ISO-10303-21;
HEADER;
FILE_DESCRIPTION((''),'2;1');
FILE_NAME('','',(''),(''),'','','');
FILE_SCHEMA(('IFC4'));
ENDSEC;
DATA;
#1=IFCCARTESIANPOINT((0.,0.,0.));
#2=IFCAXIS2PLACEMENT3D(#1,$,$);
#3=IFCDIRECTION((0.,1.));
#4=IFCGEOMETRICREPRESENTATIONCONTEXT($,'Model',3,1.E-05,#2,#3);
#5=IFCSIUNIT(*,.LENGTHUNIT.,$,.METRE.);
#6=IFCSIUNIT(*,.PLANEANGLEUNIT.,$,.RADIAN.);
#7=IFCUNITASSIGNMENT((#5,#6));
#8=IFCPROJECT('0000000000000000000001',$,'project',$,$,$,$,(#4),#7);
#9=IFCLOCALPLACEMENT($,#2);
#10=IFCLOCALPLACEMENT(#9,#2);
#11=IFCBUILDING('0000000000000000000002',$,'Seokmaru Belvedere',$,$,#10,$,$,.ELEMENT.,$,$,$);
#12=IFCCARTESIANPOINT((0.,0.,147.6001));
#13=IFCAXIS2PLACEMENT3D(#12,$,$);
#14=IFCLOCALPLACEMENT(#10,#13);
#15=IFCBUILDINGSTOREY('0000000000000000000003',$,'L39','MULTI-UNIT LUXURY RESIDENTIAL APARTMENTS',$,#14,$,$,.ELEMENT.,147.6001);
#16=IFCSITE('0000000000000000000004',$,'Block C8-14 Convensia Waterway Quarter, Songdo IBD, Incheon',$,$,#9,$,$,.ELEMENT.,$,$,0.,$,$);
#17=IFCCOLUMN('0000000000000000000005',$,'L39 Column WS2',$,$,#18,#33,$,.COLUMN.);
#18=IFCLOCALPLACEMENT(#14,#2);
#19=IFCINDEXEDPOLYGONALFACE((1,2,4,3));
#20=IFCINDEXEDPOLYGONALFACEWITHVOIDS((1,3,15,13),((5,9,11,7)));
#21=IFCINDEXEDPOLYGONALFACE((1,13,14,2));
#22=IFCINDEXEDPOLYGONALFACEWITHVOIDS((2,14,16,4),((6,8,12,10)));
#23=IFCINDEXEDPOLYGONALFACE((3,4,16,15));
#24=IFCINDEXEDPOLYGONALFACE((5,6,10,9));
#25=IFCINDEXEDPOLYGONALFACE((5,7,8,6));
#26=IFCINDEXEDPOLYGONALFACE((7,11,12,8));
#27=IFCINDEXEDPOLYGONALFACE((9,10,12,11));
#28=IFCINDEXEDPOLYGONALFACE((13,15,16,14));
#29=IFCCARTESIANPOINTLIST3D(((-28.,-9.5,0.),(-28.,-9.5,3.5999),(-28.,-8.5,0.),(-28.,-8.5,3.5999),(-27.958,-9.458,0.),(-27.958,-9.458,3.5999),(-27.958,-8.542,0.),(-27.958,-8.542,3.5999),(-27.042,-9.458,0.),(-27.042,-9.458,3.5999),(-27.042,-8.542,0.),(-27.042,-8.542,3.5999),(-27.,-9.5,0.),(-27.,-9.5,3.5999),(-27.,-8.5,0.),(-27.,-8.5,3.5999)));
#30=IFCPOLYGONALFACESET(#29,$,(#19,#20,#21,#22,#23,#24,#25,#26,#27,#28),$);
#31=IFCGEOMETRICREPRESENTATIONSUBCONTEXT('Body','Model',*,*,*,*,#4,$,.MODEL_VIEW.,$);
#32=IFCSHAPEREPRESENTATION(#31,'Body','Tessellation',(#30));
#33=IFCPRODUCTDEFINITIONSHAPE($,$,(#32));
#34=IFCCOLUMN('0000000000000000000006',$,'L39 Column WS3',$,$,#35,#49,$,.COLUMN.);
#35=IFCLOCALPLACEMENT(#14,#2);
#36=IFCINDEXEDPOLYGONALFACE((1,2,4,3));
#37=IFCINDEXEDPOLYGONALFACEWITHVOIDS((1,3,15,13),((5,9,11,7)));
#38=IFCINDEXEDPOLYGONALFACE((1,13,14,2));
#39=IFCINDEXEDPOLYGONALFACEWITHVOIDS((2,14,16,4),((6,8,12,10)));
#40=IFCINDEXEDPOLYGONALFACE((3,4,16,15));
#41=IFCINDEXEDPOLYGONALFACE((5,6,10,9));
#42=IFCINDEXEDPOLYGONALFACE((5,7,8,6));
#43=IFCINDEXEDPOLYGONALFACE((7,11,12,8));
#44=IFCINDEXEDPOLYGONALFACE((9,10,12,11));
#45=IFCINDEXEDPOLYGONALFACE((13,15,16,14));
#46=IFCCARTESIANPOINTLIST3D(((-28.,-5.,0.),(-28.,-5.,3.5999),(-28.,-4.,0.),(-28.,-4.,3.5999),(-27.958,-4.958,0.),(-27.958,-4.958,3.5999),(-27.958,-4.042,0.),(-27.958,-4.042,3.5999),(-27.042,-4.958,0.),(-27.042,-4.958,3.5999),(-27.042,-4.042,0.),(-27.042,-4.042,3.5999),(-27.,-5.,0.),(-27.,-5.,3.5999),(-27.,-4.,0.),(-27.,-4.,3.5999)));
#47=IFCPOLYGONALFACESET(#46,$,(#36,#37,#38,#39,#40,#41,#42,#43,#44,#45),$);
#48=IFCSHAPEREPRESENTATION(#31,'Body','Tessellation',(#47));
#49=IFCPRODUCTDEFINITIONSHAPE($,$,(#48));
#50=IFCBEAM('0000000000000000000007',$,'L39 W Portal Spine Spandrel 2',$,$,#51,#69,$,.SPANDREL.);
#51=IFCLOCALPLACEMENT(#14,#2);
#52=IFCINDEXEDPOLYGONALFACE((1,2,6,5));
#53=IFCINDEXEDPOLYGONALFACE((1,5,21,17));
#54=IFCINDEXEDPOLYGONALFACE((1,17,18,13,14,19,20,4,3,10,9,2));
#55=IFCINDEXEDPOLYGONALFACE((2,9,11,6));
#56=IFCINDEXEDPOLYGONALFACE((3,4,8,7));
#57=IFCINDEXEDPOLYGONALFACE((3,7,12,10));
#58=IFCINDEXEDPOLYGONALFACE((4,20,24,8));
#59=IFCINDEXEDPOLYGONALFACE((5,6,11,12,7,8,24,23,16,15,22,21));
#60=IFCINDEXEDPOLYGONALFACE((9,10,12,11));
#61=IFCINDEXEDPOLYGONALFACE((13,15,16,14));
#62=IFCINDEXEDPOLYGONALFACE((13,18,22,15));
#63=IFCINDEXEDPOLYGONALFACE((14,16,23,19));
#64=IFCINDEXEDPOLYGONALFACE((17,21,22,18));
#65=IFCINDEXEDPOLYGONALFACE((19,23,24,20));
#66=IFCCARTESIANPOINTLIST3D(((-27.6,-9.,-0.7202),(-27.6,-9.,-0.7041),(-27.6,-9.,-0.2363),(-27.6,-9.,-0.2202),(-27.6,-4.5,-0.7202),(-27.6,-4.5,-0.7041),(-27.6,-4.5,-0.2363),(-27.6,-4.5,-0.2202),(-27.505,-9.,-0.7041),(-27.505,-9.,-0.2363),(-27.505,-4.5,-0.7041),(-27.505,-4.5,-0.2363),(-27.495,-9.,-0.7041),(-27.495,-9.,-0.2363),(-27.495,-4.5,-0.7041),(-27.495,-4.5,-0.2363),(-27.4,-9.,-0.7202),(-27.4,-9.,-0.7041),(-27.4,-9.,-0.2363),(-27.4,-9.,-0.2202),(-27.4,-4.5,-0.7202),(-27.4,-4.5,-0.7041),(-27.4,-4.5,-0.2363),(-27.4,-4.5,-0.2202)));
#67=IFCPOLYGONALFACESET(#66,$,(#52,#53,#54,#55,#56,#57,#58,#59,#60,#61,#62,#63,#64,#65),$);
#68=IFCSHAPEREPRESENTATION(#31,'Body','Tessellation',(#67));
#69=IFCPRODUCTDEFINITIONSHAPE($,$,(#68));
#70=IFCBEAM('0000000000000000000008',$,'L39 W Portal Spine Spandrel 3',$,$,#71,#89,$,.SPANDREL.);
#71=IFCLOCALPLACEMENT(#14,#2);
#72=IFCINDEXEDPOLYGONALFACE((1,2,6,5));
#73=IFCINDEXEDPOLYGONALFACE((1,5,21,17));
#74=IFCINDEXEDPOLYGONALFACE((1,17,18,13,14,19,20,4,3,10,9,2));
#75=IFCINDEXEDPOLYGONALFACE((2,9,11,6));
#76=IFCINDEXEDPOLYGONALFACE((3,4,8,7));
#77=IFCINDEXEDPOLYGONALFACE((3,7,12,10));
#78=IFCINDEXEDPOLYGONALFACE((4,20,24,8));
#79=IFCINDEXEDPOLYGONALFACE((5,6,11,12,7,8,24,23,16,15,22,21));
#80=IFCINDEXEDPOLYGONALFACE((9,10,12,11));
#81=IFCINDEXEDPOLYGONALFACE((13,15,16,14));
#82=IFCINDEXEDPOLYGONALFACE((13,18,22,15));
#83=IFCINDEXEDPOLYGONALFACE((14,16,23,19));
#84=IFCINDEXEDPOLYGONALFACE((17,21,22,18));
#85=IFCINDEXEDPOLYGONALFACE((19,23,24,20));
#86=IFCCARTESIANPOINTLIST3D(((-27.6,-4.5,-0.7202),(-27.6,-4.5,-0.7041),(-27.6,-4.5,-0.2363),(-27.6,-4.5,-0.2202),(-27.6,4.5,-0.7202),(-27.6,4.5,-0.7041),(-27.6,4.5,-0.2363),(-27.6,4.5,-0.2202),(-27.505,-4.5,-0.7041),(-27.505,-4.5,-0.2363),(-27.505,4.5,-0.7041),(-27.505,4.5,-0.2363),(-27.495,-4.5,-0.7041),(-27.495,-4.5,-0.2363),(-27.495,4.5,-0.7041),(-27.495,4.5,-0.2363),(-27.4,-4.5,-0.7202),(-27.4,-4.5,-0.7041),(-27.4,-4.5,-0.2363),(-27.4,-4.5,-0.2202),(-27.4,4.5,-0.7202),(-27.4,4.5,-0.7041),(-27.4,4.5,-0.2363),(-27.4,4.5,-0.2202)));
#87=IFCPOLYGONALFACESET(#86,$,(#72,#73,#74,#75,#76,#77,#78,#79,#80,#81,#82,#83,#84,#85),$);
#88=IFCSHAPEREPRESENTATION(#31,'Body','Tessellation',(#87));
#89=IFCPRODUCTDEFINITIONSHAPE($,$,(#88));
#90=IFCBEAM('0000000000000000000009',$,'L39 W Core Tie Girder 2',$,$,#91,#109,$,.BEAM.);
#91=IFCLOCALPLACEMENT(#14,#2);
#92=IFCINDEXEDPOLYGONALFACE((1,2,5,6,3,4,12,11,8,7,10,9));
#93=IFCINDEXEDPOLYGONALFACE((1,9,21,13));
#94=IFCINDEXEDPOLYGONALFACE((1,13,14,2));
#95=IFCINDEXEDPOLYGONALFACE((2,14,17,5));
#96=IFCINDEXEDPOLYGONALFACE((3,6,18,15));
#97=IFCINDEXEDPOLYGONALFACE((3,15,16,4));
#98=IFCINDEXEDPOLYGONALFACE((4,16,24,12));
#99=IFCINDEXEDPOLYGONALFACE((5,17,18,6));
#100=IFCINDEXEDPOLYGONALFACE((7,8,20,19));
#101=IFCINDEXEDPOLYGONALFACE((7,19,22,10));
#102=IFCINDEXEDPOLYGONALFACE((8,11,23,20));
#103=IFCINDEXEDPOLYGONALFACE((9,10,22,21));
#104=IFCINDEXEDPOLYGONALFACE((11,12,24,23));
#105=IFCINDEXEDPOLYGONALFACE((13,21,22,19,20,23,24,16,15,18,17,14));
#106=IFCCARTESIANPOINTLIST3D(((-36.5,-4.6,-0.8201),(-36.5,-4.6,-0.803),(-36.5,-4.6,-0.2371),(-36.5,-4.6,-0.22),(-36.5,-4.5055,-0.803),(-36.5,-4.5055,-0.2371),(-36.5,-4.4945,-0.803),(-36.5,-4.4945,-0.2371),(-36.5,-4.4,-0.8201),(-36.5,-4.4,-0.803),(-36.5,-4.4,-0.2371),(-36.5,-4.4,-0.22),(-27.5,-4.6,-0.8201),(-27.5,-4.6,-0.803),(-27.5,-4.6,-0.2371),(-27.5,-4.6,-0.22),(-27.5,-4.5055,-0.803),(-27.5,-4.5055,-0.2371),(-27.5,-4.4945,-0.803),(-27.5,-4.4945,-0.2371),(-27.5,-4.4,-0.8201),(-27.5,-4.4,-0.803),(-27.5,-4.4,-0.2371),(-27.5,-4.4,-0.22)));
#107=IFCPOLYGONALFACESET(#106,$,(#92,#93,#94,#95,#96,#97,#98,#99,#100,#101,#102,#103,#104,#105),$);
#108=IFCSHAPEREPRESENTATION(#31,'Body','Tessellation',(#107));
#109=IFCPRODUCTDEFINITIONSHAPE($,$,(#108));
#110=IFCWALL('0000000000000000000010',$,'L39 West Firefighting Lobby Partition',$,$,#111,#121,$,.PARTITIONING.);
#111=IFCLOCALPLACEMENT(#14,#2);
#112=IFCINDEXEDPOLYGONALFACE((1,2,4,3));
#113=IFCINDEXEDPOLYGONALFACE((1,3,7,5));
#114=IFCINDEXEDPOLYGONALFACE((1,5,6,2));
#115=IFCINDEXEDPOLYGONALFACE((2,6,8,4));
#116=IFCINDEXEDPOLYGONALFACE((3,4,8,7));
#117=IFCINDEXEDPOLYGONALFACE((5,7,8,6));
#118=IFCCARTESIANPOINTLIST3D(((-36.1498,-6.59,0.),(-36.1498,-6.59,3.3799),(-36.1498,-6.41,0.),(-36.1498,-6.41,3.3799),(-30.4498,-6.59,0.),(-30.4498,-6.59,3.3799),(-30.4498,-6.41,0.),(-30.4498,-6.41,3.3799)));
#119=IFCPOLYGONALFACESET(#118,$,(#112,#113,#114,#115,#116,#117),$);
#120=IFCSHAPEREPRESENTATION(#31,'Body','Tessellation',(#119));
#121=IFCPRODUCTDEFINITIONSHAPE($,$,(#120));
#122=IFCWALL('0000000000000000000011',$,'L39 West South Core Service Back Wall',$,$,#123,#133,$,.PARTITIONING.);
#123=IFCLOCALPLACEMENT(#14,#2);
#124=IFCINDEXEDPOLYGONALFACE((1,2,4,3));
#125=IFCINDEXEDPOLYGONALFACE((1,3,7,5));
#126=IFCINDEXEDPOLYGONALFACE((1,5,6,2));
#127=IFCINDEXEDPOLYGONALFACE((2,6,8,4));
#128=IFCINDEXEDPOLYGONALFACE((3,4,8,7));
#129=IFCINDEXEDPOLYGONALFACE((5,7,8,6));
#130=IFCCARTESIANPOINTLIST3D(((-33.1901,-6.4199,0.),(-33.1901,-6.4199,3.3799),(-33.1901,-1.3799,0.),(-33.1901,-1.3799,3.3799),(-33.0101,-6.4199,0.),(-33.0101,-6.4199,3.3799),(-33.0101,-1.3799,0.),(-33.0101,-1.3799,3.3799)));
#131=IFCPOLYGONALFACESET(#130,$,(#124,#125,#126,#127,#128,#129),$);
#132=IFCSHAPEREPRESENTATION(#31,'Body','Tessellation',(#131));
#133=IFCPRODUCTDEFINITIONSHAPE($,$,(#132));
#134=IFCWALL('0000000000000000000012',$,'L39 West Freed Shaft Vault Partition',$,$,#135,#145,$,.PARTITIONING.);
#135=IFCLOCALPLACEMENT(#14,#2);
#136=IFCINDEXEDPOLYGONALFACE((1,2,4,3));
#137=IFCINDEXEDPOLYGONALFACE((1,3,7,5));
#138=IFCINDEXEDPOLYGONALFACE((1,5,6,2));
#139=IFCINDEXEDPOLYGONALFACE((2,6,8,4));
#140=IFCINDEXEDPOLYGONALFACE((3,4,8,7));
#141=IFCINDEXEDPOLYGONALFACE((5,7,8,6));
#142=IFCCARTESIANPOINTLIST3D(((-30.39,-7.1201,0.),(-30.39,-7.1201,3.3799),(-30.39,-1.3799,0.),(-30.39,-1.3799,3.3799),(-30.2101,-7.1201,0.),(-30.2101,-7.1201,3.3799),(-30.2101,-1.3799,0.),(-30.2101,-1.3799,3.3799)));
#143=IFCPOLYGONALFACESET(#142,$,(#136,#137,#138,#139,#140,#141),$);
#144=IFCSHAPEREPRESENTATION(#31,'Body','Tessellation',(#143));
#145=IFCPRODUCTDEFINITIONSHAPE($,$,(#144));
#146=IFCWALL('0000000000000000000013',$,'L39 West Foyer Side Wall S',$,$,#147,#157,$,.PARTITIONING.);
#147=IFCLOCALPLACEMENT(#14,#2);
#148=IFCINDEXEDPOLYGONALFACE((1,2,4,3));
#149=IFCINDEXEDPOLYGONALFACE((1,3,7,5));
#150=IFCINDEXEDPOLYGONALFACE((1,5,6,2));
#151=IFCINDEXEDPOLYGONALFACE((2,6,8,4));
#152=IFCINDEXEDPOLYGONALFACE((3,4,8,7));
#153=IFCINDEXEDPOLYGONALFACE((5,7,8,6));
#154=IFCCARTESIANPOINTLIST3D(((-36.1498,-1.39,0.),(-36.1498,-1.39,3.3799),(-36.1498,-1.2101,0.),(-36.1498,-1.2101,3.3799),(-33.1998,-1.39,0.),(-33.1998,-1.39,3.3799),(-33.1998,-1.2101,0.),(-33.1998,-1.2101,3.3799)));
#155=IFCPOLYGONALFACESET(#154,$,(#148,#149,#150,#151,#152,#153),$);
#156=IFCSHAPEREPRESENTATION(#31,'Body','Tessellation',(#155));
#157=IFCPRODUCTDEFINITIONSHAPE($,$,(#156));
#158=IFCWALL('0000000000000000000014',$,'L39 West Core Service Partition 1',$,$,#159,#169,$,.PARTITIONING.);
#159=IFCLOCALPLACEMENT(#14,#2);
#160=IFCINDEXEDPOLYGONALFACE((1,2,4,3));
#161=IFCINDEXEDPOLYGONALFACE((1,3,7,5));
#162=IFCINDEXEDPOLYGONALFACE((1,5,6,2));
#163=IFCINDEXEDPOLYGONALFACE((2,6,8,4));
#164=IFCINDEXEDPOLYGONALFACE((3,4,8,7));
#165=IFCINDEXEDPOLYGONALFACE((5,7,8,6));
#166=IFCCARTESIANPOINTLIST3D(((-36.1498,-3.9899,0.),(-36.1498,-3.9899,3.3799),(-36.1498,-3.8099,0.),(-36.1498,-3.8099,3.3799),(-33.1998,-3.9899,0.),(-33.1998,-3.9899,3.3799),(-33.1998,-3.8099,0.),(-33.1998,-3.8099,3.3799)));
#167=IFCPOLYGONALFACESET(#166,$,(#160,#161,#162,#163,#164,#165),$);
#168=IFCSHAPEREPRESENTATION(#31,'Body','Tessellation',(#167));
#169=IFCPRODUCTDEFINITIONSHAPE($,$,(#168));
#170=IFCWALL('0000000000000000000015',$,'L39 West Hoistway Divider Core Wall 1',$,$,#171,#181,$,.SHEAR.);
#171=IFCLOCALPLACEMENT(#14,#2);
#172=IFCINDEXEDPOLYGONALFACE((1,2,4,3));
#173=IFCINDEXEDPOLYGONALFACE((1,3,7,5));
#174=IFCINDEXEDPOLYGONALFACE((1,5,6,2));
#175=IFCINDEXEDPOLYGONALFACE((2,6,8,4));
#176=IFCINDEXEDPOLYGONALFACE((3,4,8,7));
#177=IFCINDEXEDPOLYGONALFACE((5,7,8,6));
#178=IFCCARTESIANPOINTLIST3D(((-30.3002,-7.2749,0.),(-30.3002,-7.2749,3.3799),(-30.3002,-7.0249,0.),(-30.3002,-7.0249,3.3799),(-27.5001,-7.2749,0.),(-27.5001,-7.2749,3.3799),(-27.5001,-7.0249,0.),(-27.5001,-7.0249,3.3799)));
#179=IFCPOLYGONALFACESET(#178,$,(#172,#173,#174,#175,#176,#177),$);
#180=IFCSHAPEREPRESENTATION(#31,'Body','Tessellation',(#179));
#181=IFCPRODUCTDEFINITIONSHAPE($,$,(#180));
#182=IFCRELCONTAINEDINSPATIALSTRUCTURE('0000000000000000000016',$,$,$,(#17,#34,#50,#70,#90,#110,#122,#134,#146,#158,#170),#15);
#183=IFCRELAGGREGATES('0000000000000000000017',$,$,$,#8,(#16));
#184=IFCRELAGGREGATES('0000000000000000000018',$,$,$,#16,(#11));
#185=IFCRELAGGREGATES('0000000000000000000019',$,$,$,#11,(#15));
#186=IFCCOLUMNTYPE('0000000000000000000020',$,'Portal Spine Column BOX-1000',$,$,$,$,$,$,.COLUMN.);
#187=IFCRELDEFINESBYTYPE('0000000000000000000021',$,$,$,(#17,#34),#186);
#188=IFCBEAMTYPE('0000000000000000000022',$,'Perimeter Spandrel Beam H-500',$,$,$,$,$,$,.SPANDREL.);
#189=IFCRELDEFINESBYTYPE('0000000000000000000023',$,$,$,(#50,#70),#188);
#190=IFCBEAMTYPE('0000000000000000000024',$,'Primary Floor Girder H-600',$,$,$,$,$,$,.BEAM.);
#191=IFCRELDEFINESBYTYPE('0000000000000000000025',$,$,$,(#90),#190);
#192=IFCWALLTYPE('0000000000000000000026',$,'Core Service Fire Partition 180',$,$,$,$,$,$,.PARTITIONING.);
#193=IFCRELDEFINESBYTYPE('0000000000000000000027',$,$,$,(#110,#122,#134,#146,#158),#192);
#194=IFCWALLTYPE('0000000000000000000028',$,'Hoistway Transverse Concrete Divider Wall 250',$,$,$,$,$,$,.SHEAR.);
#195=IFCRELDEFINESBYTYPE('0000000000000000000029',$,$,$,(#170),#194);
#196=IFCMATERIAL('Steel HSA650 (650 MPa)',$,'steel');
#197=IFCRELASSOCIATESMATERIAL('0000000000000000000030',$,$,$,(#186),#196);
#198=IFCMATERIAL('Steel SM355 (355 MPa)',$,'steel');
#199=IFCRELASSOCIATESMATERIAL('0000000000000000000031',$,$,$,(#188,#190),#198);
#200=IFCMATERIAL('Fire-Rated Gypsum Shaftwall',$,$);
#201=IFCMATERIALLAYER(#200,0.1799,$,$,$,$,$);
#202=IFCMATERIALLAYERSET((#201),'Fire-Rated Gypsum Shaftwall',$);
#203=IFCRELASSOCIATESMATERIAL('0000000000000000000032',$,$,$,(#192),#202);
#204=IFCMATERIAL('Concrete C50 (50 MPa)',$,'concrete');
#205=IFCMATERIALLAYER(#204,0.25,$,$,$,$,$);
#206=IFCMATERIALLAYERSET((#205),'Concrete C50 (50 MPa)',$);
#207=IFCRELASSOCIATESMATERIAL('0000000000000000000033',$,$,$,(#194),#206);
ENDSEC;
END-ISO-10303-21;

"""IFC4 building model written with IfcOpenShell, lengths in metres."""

from ifc_helpers import new_model, si_unit, direction, frame, frame_2d, origin, origin_2d, place, context, subcontext, project, spatial, rectangle, hollow_rectangle, i_section, extrude, source, transform, mapped, material, layer, layer_set, material_profile, profile_set, type_object, type_shapes, element, save


model = new_model("IFC4")

# Units and contexts
model_context = context("Model", 3, precision=1e-05, world=origin(), true_north=direction((0.0, 1.0)))
body_context = subcontext(model_context, "Body", "Model", "MODEL_VIEW")
ifc_project = project(units=[si_unit("LENGTHUNIT", "METRE"), si_unit("PLANEANGLEUNIT", "RADIAN")], contexts=[model_context])

# Site, building, storey
site_placement = place(None, origin())
site = spatial("IfcSite", under=ifc_project, at=site_placement, Name="Block C8-14 Convensia Waterway Quarter, Songdo IBD, Incheon", CompositionType="ELEMENT", RefElevation=0.0)
building_placement = place(site_placement, origin())
building = spatial("IfcBuilding", under=site, at=building_placement, Name="Seokmaru Belvedere", CompositionType="ELEMENT")
storey_placement = place(building_placement, frame((0.0, 0.0, 147.6001)))
storey = spatial("IfcBuildingStorey", under=building, at=storey_placement, Name="L39", Description="MULTI-UNIT LUXURY RESIDENTIAL APARTMENTS", CompositionType="ELEMENT", Elevation=147.6001)

# Columns
ifc_material_1 = material(Name="Steel HSA650 (650 MPa)", Category="steel")
ifc_material_profile_1 = material_profile(ifc_material_1, hollow_rectangle(XDim=1.0, YDim=1.0, WallThickness=0.042, at=origin_2d()), Name="BOX-1000x1000x42")
ifc_profile_set_1 = profile_set([ifc_material_profile_1], Name="Steel HSA650 (650 MPa)")
column_type = type_object("IfcColumnType", Name="Portal Spine Column BOX-1000", PredefinedType="COLUMN", material=ifc_profile_set_1)
shared_shape_1 = source(origin(), body_context, "Body", "SweptSolid", [
    extrude(hollow_rectangle(XDim=1.0, YDim=1.0, WallThickness=0.042, at=origin_2d()), origin(), (0.0, 0.0, 1.0), 3.5999),
])
type_shapes(column_type, [shared_shape_1])
for number, where, z_axis, x_axis, name in (
    (1, (-27.5, -9.0, 0.0), (0.0, 0.0, 1.0), (1.0, 0.0, 0.0), "L39 Column WS2"),
    (2, (-27.5, -4.5, 0.0), (0.0, 0.0, 1.0), (1.0, 0.0, 0.0), "L39 Column WS3"),
):
    element("IfcColumn", number, at=place(storey_placement, frame(where, z_axis=z_axis, x_axis=x_axis)), inside=storey, type_object=column_type, Name=name, PredefinedType="COLUMN", context=body_context, shape_type="MappedRepresentation", body=[
        mapped(shared_shape_1, transform((0.0, 0.0, 0.0), scale=1.0)),
    ])

# Beams
ifc_material_2 = material(Name="Steel SM355 (355 MPa)", Category="steel")
ifc_material_profile_2 = material_profile(ifc_material_2, i_section(OverallWidth=0.2, OverallDepth=0.5, WebThickness=0.01, FlangeThickness=0.0161, at=origin_2d()), Name="H-500x200x10x16")
ifc_profile_set_2 = profile_set([ifc_material_profile_2], Name="Steel SM355 (355 MPa)")
beam_type_1 = type_object("IfcBeamType", Name="Perimeter Spandrel Beam H-500", PredefinedType="SPANDREL", material=ifc_profile_set_2)
shared_shape_2 = source(origin(), body_context, "Body", "SweptSolid", [
    extrude(i_section(OverallWidth=0.2, OverallDepth=0.5, WebThickness=0.01, FlangeThickness=0.0161, at=origin_2d()), origin(), (0.0, 0.0, 1.0), 4.5),
])
beam_1_placement = place(storey_placement, frame((-27.5, -9.0, -0.4702), z_axis=(0.0, 1.0, 0.0), x_axis=(-1.0, 0.0, 0.0)))
element("IfcBeam", 3, at=beam_1_placement, inside=storey, type_object=beam_type_1, Name="L39 W Portal Spine Spandrel 2", PredefinedType="SPANDREL", context=body_context, shape_type="MappedRepresentation", body=[
    mapped(shared_shape_2, transform((0.0, 0.0, 0.0), scale=1.0)),
])
shared_shape_3 = source(origin(), body_context, "Body", "SweptSolid", [
    extrude(i_section(OverallWidth=0.2, OverallDepth=0.5, WebThickness=0.01, FlangeThickness=0.0161, at=origin_2d()), origin(), (0.0, 0.0, 1.0), 9.0),
])
type_shapes(beam_type_1, [shared_shape_2, shared_shape_3])
beam_2_placement = place(storey_placement, frame((-27.5, -4.5, -0.4702), z_axis=(0.0, 1.0, 0.0), x_axis=(-1.0, 0.0, 0.0)))
element("IfcBeam", 4, at=beam_2_placement, inside=storey, type_object=beam_type_1, Name="L39 W Portal Spine Spandrel 3", PredefinedType="SPANDREL", context=body_context, shape_type="MappedRepresentation", body=[
    mapped(shared_shape_3, transform((0.0, 0.0, 0.0), scale=1.0)),
])
ifc_material_profile_3 = material_profile(ifc_material_2, i_section(OverallWidth=0.2, OverallDepth=0.6001, WebThickness=0.011, FlangeThickness=0.0171, at=origin_2d()), Name="H-600x200x11x17")
ifc_profile_set_3 = profile_set([ifc_material_profile_3], Name="Steel SM355 (355 MPa)")
beam_type_2 = type_object("IfcBeamType", Name="Primary Floor Girder H-600", PredefinedType="BEAM", material=ifc_profile_set_3)
shared_shape_4 = source(origin(), body_context, "Body", "SweptSolid", [
    extrude(i_section(OverallWidth=0.2, OverallDepth=0.6001, WebThickness=0.011, FlangeThickness=0.0171, at=origin_2d()), origin(), (0.0, 0.0, 1.0), 9.0),
])
type_shapes(beam_type_2, [shared_shape_4])
beam_3_placement = place(storey_placement, frame((-36.5, -4.5, -0.52), z_axis=(1.0, 0.0, 0.0), x_axis=(0.0, 1.0, 0.0)))
element("IfcBeam", 5, at=beam_3_placement, inside=storey, type_object=beam_type_2, Name="L39 W Core Tie Girder 2", PredefinedType="BEAM", context=body_context, shape_type="MappedRepresentation", body=[
    mapped(shared_shape_4, transform((0.0, 0.0, 0.0), scale=1.0)),
])

# Walls
ifc_material_3 = material(Name="Fire-Rated Gypsum Shaftwall")
ifc_layer_1 = layer(ifc_material_3, 0.1799)
ifc_layer_set_1 = layer_set([ifc_layer_1], Name="Fire-Rated Gypsum Shaftwall")
wall_type_1 = type_object("IfcWallType", Name="Core Service Fire Partition 180", PredefinedType="PARTITIONING", material=ifc_layer_set_1)
wall_1_placement = place(storey_placement, frame((-36.1499, -6.5, 0.0), z_axis=(0.0, 0.0, 1.0), x_axis=(1.0, 0.0, 0.0)))
element("IfcWall", 6, at=wall_1_placement, inside=storey, type_object=wall_type_1, Name="L39 West Firefighting Lobby Partition", PredefinedType="PARTITIONING", context=body_context, shape_type="SweptSolid", body=[
    extrude(rectangle(XDim=5.7, YDim=0.1799, at=frame_2d((2.8501, 0.0))), origin(), (0.0, 0.0, 1.0), 3.3799),
])
wall_2_placement = place(storey_placement, frame((-33.1001, -6.4199, 0.0), z_axis=(0.0, 0.0, 1.0), x_axis=(0.0, 1.0, 0.0)))
element("IfcWall", 7, at=wall_2_placement, inside=storey, type_object=wall_type_1, Name="L39 West South Core Service Back Wall", PredefinedType="PARTITIONING", context=body_context, shape_type="SweptSolid", body=[
    extrude(rectangle(XDim=5.04, YDim=0.1799, at=frame_2d((2.52, 0.0))), origin(), (0.0, 0.0, 1.0), 3.3799),
])
wall_3_placement = place(storey_placement, frame((-30.3, -7.1201, 0.0), z_axis=(0.0, 0.0, 1.0), x_axis=(0.0, 1.0, 0.0)))
element("IfcWall", 8, at=wall_3_placement, inside=storey, type_object=wall_type_1, Name="L39 West Freed Shaft Vault Partition", PredefinedType="PARTITIONING", context=body_context, shape_type="SweptSolid", body=[
    extrude(rectangle(XDim=5.7402, YDim=0.1799, at=frame_2d((2.8701, 0.0))), origin(), (0.0, 0.0, 1.0), 3.3799),
])
for number, where, z_axis, x_axis, name in (
    (9, (-36.1499, -1.3, 0.0), (0.0, 0.0, 1.0), (1.0, 0.0, 0.0), "L39 West Foyer Side Wall S"),
    (10, (-36.1499, -3.8999, 0.0), (0.0, 0.0, 1.0), (1.0, 0.0, 0.0), "L39 West Core Service Partition 1"),
):
    element("IfcWall", number, at=place(storey_placement, frame(where, z_axis=z_axis, x_axis=x_axis)), inside=storey, type_object=wall_type_1, Name=name, PredefinedType="PARTITIONING", context=body_context, shape_type="SweptSolid", body=[
        extrude(rectangle(XDim=2.95, YDim=0.1799, at=frame_2d((1.4751, 0.0))), origin(), (0.0, 0.0, 1.0), 3.3799),
    ])
ifc_material_4 = material(Name="Concrete C50 (50 MPa)", Category="concrete")
ifc_layer_2 = layer(ifc_material_4, 0.25)
ifc_layer_set_2 = layer_set([ifc_layer_2], Name="Concrete C50 (50 MPa)")
wall_type_2 = type_object("IfcWallType", Name="Hoistway Transverse Concrete Divider Wall 250", PredefinedType="SHEAR", material=ifc_layer_set_2)
wall_4_placement = place(storey_placement, frame((-30.3, -7.1499, 0.0), z_axis=(0.0, 0.0, 1.0), x_axis=(1.0, 0.0, 0.0)))
element("IfcWall", 11, at=wall_4_placement, inside=storey, type_object=wall_type_2, Name="L39 West Hoistway Divider Core Wall 1", PredefinedType="SHEAR", context=body_context, shape_type="SweptSolid", body=[
    extrude(rectangle(XDim=2.8, YDim=0.25, at=frame_2d((1.3999, 0.0))), origin(), (0.0, 0.0, 1.0), 3.3799),
])

save(model, "model.ifc")
